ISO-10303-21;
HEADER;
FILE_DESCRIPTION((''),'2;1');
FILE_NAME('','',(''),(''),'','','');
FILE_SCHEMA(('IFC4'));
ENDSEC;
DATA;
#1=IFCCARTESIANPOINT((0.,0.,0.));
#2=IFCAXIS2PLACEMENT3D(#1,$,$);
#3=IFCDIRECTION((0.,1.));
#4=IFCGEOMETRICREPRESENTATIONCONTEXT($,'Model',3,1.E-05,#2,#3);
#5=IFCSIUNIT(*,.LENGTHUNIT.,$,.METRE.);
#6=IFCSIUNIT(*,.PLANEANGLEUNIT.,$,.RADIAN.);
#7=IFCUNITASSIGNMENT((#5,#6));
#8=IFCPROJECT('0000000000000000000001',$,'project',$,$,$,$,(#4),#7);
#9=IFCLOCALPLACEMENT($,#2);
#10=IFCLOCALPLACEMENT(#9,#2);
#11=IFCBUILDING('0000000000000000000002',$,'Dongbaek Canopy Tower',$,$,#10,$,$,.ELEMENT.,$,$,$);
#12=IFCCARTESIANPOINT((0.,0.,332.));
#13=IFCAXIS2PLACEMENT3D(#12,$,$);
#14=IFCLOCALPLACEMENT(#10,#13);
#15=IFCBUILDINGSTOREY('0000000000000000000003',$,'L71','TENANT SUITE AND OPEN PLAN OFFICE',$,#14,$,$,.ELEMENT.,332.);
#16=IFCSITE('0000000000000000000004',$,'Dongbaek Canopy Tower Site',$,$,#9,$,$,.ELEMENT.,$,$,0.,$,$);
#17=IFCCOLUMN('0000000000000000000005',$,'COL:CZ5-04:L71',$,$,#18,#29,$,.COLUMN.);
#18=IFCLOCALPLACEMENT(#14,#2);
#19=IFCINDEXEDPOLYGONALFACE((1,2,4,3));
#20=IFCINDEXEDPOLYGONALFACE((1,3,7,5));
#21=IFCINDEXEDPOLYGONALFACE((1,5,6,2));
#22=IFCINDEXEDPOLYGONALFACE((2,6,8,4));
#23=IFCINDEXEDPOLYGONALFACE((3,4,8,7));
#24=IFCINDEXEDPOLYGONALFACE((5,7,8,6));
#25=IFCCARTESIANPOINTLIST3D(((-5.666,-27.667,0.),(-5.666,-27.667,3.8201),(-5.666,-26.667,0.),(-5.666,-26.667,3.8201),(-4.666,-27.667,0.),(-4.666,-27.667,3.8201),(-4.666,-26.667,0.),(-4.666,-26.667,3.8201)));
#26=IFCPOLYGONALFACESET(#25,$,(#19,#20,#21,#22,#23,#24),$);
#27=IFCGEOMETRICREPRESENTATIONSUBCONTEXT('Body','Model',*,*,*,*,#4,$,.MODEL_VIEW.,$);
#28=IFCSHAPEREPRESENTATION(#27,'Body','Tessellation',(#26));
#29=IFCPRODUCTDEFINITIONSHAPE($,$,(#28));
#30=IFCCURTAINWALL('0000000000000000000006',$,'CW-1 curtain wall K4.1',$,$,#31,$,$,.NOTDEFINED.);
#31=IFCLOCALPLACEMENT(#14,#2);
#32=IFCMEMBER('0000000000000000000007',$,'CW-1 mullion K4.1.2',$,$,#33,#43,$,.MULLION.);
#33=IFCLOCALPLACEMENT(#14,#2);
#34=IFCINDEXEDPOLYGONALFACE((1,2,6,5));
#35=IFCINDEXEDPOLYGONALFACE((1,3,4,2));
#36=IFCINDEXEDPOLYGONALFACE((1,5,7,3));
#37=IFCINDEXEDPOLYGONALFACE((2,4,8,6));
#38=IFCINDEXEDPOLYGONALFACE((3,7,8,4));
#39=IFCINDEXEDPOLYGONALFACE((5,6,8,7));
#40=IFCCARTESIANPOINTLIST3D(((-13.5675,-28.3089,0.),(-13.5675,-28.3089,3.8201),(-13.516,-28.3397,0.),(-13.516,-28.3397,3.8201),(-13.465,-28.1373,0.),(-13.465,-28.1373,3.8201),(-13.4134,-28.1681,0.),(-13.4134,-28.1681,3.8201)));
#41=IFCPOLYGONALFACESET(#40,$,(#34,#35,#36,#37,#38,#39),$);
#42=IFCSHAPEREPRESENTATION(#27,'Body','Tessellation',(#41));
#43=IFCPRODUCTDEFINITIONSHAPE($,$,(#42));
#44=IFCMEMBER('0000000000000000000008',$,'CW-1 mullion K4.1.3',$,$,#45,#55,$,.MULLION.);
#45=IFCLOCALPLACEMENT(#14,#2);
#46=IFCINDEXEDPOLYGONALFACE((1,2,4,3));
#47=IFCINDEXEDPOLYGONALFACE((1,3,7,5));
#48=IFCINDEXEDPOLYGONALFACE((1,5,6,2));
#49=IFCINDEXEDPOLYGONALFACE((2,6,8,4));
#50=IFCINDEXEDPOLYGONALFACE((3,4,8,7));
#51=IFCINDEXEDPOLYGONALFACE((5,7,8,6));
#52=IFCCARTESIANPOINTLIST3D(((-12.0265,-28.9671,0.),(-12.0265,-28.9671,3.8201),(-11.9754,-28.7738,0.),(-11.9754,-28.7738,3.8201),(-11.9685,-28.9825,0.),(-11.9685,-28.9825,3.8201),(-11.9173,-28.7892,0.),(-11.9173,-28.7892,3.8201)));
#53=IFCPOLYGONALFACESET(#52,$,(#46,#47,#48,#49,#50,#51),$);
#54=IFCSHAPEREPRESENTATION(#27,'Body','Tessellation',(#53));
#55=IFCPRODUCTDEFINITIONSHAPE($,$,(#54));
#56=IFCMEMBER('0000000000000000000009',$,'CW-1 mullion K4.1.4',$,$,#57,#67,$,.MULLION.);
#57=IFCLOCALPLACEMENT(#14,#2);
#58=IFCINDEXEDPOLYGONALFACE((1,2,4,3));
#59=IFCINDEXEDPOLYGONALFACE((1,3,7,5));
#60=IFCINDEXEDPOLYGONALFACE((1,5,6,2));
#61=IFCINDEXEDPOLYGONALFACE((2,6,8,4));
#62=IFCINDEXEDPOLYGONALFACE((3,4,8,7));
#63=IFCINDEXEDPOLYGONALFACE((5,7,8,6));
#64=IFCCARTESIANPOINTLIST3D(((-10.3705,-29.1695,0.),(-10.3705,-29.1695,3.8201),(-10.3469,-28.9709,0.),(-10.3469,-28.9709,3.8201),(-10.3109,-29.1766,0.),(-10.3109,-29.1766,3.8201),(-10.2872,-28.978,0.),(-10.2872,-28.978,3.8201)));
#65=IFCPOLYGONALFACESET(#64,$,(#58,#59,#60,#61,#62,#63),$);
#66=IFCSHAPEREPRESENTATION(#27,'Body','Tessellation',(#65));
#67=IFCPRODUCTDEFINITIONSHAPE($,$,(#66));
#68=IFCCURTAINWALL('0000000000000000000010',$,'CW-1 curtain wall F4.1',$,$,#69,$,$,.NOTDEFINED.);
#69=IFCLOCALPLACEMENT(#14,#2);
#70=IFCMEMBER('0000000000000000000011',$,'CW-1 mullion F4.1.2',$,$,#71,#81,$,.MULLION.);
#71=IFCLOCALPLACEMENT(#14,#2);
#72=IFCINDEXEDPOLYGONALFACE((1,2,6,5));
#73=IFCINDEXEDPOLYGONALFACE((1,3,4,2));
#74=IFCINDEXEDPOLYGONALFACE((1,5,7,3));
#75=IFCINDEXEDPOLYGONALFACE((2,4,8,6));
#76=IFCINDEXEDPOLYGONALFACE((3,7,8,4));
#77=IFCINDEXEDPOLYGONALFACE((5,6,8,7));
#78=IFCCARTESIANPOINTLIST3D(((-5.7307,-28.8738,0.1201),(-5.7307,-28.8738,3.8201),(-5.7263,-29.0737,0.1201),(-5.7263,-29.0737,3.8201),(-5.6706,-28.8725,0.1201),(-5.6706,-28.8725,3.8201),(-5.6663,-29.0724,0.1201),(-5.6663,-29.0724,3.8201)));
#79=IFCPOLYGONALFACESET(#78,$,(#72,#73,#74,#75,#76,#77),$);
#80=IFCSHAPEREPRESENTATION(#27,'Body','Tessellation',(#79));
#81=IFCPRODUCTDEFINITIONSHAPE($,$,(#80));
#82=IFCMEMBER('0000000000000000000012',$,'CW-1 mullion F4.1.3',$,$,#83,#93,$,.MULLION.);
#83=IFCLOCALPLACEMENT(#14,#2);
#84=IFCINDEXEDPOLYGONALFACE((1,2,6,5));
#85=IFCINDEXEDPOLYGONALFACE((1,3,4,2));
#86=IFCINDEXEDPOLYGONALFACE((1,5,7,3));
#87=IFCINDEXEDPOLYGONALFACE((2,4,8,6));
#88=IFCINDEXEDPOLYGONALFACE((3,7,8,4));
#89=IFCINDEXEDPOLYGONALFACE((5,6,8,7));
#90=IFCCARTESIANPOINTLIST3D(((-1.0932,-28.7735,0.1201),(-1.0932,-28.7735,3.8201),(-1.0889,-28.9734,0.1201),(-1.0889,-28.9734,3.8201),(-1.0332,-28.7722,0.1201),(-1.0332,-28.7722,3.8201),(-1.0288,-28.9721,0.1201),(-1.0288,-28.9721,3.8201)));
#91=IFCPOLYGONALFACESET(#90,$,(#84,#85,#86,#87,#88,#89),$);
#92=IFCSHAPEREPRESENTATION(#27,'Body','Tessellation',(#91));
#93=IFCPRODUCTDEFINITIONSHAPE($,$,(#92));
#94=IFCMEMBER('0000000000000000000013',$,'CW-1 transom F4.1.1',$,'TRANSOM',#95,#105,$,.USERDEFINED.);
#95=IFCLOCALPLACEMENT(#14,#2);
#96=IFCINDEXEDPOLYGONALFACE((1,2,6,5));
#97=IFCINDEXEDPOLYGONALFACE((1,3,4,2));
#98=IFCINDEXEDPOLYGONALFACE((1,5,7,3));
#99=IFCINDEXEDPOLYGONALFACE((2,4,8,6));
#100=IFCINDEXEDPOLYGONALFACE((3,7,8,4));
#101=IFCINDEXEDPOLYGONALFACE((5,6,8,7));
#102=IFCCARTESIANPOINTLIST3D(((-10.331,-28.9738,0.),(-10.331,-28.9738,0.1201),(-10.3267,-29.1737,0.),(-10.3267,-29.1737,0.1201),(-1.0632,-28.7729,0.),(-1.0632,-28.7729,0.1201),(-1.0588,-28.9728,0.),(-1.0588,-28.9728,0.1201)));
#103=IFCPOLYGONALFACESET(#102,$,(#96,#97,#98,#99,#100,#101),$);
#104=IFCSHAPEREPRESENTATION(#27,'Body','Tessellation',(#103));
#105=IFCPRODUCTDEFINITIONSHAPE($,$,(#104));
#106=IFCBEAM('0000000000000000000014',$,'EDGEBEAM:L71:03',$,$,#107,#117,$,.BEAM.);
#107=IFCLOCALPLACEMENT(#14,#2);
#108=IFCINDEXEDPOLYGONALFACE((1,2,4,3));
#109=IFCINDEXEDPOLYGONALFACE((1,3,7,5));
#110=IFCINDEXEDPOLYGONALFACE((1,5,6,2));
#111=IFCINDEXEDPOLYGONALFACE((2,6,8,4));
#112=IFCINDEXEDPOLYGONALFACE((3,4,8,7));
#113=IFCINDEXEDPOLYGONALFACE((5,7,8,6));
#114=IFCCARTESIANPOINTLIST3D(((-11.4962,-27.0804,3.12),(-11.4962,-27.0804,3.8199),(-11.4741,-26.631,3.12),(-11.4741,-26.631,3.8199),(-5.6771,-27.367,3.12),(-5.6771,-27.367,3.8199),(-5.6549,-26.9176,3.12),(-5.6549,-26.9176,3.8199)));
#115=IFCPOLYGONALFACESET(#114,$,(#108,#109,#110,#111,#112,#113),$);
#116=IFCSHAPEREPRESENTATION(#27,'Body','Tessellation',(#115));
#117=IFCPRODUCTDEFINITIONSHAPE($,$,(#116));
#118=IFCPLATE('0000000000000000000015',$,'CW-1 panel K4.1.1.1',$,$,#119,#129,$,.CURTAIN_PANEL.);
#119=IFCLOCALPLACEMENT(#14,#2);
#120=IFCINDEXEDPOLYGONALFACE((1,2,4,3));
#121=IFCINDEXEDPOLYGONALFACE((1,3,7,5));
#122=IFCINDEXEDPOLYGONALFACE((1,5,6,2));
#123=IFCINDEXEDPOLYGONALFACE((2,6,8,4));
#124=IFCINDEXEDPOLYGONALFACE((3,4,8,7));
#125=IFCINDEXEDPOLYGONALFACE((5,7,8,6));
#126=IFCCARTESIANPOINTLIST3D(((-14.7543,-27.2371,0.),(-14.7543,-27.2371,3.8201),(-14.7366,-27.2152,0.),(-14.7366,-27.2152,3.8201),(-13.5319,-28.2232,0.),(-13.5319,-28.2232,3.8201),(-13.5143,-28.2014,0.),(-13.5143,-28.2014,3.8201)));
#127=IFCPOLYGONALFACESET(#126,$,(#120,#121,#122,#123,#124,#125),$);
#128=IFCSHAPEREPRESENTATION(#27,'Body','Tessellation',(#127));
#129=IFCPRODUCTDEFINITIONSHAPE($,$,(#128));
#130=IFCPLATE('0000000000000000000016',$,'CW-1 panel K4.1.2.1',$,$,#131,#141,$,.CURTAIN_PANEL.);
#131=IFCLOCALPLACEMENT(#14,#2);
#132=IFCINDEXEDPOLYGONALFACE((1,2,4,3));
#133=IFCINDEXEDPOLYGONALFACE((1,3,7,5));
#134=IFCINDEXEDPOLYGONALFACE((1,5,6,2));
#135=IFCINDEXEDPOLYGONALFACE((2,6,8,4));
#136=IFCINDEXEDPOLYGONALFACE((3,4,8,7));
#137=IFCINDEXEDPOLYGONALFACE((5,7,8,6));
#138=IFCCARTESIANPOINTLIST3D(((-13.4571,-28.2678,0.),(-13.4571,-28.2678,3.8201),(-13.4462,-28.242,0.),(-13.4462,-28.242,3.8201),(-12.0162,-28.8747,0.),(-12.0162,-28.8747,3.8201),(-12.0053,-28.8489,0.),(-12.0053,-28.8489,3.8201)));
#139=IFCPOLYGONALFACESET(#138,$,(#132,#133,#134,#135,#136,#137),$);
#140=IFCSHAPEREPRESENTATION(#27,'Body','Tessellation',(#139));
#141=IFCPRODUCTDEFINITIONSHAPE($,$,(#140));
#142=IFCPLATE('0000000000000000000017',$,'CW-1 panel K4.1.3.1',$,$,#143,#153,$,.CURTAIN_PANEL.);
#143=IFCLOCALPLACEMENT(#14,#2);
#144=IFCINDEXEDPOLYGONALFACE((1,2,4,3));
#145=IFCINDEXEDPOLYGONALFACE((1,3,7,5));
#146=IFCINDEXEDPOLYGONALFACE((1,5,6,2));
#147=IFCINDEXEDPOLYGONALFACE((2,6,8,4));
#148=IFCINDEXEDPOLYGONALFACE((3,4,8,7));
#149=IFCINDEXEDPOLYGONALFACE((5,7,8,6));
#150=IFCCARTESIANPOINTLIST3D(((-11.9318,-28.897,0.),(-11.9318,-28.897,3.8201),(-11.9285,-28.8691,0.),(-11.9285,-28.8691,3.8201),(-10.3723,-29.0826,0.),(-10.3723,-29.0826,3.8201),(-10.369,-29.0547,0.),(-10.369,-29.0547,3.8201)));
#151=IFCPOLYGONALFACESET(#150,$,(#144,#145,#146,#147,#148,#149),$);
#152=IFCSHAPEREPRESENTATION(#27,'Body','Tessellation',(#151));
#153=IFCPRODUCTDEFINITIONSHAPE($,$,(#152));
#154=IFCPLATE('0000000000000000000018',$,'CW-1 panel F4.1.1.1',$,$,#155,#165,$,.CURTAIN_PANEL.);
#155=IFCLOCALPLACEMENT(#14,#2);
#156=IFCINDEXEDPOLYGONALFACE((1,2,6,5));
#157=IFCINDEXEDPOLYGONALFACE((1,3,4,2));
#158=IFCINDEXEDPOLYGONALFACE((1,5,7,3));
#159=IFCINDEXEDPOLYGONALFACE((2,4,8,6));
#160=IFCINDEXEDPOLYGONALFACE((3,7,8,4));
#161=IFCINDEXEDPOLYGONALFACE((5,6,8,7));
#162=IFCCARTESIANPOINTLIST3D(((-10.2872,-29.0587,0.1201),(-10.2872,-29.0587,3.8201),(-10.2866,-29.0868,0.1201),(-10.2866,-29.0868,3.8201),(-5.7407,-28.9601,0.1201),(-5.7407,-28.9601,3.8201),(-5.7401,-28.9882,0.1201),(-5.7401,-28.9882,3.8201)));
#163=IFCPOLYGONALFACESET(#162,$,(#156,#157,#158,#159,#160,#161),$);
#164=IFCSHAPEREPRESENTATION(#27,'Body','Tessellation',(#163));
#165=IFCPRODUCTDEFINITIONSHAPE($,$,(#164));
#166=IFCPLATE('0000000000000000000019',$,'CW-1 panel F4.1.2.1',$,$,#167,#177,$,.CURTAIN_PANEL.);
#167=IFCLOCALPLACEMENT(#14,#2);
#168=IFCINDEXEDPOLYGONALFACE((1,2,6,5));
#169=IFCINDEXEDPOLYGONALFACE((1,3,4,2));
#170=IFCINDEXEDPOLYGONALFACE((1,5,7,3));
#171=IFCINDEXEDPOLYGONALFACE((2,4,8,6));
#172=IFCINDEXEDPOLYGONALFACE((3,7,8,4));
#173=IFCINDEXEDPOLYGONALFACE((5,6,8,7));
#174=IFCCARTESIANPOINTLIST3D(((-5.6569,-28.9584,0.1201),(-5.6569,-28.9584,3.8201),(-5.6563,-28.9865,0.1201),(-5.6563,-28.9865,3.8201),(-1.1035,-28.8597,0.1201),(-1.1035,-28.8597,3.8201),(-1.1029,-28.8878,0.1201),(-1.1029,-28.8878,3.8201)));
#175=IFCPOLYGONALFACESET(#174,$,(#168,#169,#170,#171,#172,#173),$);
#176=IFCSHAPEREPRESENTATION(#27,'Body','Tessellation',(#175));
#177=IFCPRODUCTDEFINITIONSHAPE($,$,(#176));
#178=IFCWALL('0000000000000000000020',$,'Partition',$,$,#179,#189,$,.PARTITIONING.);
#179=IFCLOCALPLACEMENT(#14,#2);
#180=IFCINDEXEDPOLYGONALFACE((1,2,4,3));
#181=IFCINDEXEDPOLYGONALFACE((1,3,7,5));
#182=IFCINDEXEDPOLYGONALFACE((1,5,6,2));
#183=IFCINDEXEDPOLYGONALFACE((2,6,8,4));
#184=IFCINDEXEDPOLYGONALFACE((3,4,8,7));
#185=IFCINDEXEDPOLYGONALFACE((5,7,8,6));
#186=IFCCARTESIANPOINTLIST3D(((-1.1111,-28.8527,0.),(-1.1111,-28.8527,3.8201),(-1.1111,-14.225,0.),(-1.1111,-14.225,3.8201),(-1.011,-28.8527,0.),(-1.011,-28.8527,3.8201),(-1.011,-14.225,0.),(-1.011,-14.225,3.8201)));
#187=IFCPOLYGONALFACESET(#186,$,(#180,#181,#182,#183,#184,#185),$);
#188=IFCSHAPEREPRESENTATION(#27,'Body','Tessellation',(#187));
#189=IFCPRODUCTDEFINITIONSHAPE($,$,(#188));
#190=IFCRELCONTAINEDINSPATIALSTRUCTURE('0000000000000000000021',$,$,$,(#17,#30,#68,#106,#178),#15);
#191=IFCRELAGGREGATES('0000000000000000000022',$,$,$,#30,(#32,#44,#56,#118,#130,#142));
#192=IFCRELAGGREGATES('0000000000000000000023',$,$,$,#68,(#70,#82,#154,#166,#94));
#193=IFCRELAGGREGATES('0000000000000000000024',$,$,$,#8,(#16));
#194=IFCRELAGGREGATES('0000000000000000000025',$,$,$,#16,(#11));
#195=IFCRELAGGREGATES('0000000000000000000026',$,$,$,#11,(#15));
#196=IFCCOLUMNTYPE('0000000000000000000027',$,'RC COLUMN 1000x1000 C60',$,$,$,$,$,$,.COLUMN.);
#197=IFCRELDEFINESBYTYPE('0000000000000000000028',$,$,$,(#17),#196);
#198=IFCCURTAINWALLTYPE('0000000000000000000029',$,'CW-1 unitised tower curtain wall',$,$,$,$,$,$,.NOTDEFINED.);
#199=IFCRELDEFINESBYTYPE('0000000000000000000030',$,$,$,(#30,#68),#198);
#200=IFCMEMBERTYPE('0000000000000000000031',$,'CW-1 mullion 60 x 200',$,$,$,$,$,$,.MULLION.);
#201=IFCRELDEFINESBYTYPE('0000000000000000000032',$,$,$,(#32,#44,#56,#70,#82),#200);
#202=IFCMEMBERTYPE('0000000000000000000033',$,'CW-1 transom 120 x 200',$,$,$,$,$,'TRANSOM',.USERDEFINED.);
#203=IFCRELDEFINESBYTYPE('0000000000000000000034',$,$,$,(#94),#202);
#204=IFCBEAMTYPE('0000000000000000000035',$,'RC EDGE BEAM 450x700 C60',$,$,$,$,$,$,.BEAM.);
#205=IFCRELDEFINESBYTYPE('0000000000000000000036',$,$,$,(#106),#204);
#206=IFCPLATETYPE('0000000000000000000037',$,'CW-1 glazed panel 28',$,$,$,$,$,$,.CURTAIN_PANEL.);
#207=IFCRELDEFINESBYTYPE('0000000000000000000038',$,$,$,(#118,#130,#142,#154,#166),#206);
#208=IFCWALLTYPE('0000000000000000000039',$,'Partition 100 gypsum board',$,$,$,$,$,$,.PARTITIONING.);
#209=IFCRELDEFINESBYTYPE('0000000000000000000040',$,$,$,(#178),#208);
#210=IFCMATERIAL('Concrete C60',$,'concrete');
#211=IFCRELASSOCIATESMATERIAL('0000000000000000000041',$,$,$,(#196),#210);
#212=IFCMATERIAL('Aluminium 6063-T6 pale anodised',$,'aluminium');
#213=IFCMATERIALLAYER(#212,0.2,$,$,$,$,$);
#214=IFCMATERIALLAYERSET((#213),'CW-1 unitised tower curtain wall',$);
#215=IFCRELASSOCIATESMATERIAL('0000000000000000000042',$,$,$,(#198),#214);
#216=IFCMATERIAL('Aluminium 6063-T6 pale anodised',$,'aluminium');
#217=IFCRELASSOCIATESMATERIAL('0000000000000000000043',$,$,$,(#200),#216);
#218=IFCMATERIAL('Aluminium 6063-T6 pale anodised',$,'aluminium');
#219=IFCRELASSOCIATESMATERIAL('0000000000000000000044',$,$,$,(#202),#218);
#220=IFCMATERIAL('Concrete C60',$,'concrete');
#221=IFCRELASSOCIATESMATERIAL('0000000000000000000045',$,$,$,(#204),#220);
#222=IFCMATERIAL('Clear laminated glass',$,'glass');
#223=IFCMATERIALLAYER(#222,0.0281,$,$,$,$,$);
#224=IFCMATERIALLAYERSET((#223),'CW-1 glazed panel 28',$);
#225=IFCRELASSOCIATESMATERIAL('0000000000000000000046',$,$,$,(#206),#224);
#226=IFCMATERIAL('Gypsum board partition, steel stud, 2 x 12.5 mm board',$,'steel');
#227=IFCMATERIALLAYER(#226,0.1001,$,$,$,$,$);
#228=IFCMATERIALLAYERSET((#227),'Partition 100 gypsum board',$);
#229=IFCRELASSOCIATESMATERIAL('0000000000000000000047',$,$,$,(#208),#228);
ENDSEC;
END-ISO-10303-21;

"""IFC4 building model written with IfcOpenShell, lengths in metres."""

from ifc_helpers import new_model, si_unit, direction, frame, frame_2d, origin, origin_2d, place, context, subcontext, project, spatial, rectangle, extrude, material, layer, layer_set, material_profile, profile_set, type_object, element, aggregate, save


model = new_model("IFC4")

# Units and contexts
model_context = context("Model", 3, precision=1e-05, world=origin(), true_north=direction((0.0, 1.0)))
body_context = subcontext(model_context, "Body", "Model", "MODEL_VIEW")
ifc_project = project(units=[si_unit("LENGTHUNIT", "METRE"), si_unit("PLANEANGLEUNIT", "RADIAN")], contexts=[model_context])

# Site, building, storey
site_placement = place(None, origin())
site = spatial("IfcSite", under=ifc_project, at=site_placement, Name="Dongbaek Canopy Tower Site", CompositionType="ELEMENT", RefElevation=0.0)
building_placement = place(site_placement, origin())
building = spatial("IfcBuilding", under=site, at=building_placement, Name="Dongbaek Canopy Tower", CompositionType="ELEMENT")
storey_placement = place(building_placement, frame((0.0, 0.0, 332.0)))
storey = spatial("IfcBuildingStorey", under=building, at=storey_placement, Name="L71", Description="TENANT SUITE AND OPEN PLAN OFFICE", CompositionType="ELEMENT", Elevation=332.0)

# Column
ifc_material_1 = material(Name="Concrete C60", Category="concrete")
ifc_material_profile_1 = material_profile(ifc_material_1, rectangle(XDim=1.0, YDim=1.0, at=origin_2d()), Name="RC COLUMN 1000x1000 C60")
ifc_profile_set_1 = profile_set([ifc_material_profile_1], Name="Concrete C60")
column_type = type_object("IfcColumnType", Name="RC COLUMN 1000x1000 C60", PredefinedType="COLUMN", material=ifc_profile_set_1)
column_placement = place(storey_placement, frame((-5.166, -27.167, 0.0), z_axis=(0.0, 0.0, 1.0), x_axis=(1.0, 0.0, 0.0)))
element("IfcColumn", 1, at=column_placement, inside=storey, type_object=column_type, Name="COL:CZ5-04:L71", PredefinedType="COLUMN", context=body_context, shape_type="SweptSolid", body=[
    extrude(rectangle(XDim=1.0, YDim=1.0, at=origin_2d()), origin(), (0.0, 0.0, 1.0), 3.8201),
])

# Curtain walls, members
ifc_material_2 = material(Name="Aluminium 6063-T6 pale anodised", Category="aluminium")
ifc_layer_1 = layer(ifc_material_2, 0.2)
ifc_layer_set_1 = layer_set([ifc_layer_1], Name="CW-1 unitised tower curtain wall")
curtain_wall_type = type_object("IfcCurtainWallType", Name="CW-1 unitised tower curtain wall", PredefinedType="NOTDEFINED", material=ifc_layer_set_1)
curtain_wall_1_placement = place(storey_placement, origin())
curtain_wall_1 = element("IfcCurtainWall", 2, at=curtain_wall_1_placement, inside=storey, type_object=curtain_wall_type, Name="CW-1 curtain wall K4.1", PredefinedType="NOTDEFINED")
ifc_material_3 = material(Name="Aluminium 6063-T6 pale anodised", Category="aluminium")
ifc_material_profile_2 = material_profile(ifc_material_3, rectangle(XDim=0.2, YDim=0.0601, at=origin_2d()), Name="CW-1 mullion 60 x 200")
ifc_profile_set_2 = profile_set([ifc_material_profile_2], Name="Aluminium 6063-T6 pale anodised")
member_type_1 = type_object("IfcMemberType", Name="CW-1 mullion 60 x 200", PredefinedType="MULLION", material=ifc_profile_set_2)
member_1_placement = place(storey_placement, frame((-13.4905, -28.2385, 0.0), z_axis=(0.0, 0.0, 1.0), x_axis=(-0.513063, -0.858351, 0.0)))
member_1 = element("IfcMember", 3, at=member_1_placement, type_object=member_type_1, Name="CW-1 mullion K4.1.2", PredefinedType="MULLION", context=body_context, shape_type="SweptSolid", body=[
    extrude(rectangle(XDim=0.2, YDim=0.0601, at=origin_2d()), origin(), (0.0, 0.0, 1.0), 3.8201),
])
member_2_placement = place(storey_placement, frame((-11.9719, -28.8782, 0.0), z_axis=(0.0, 0.0, 1.0), x_axis=(-0.255666, -0.966765, 0.0)))
member_2 = element("IfcMember", 4, at=member_2_placement, type_object=member_type_1, Name="CW-1 mullion K4.1.3", PredefinedType="MULLION", context=body_context, shape_type="SweptSolid", body=[
    extrude(rectangle(XDim=0.2, YDim=0.0601, at=origin_2d()), origin(), (0.0, 0.0, 1.0), 3.8201),
])
member_3_placement = place(storey_placement, frame((-10.3289, -29.0737, 0.0), z_axis=(0.0, 0.0, 1.0), x_axis=(-0.118153, -0.992995, 0.0)))
member_3 = element("IfcMember", 5, at=member_3_placement, type_object=member_type_1, Name="CW-1 mullion K4.1.4", PredefinedType="MULLION", context=body_context, shape_type="SweptSolid", body=[
    extrude(rectangle(XDim=0.2, YDim=0.0601, at=origin_2d()), origin(), (0.0, 0.0, 1.0), 3.8201),
])
curtain_wall_2_placement = place(storey_placement, origin())
curtain_wall_2 = element("IfcCurtainWall", 6, at=curtain_wall_2_placement, inside=storey, type_object=curtain_wall_type, Name="CW-1 curtain wall F4.1", PredefinedType="NOTDEFINED")
member_4_placement = place(storey_placement, frame((-5.6985, -28.9731, 0.1201), z_axis=(0.0, 0.0, 1.0), x_axis=(0.021676, -0.999765, 0.0)))
member_4 = element("IfcMember", 7, at=member_4_placement, type_object=member_type_1, Name="CW-1 mullion F4.1.2", PredefinedType="MULLION", context=body_context, shape_type="SweptSolid", body=[
    extrude(rectangle(XDim=0.2, YDim=0.0601, at=origin_2d()), origin(), (0.0, 0.0, 1.0), 3.7),
])
member_5_placement = place(storey_placement, frame((-1.061, -28.8728, 0.1201), z_axis=(0.0, 0.0, 1.0), x_axis=(0.021676, -0.999765, 0.0)))
member_5 = element("IfcMember", 8, at=member_5_placement, type_object=member_type_1, Name="CW-1 mullion F4.1.3", PredefinedType="MULLION", context=body_context, shape_type="SweptSolid", body=[
    extrude(rectangle(XDim=0.2, YDim=0.0601, at=origin_2d()), origin(), (0.0, 0.0, 1.0), 3.7),
])
ifc_material_4 = material(Name="Aluminium 6063-T6 pale anodised", Category="aluminium")
ifc_material_profile_3 = material_profile(ifc_material_4, rectangle(XDim=0.2, YDim=0.1201, at=origin_2d()), Name="CW-1 transom 120 x 200")
ifc_profile_set_3 = profile_set([ifc_material_profile_3], Name="Aluminium 6063-T6 pale anodised")
member_type_2 = type_object("IfcMemberType", Name="CW-1 transom 120 x 200", ElementType="TRANSOM", PredefinedType="USERDEFINED", material=ifc_profile_set_3)
member_6_placement = place(storey_placement, frame((-10.3289, -29.0737, 0.0601), z_axis=(0.999765, 0.021675, 0.0), x_axis=(-0.021675, 0.999765, 0.0)))
member_6 = element("IfcMember", 9, at=member_6_placement, type_object=member_type_2, Name="CW-1 transom F4.1.1", ObjectType="TRANSOM", PredefinedType="USERDEFINED", context=body_context, shape_type="SweptSolid", body=[
    extrude(rectangle(XDim=0.2, YDim=0.1201, at=origin_2d()), origin(), (0.0, 0.0, 1.0), 9.27),
])

# Beam
ifc_material_5 = material(Name="Concrete C60", Category="concrete")
ifc_material_profile_4 = material_profile(ifc_material_5, rectangle(XDim=0.45, YDim=0.7, at=origin_2d()), Name="RC EDGE BEAM 450x700 C60")
ifc_profile_set_4 = profile_set([ifc_material_profile_4], Name="Concrete C60")
beam_type = type_object("IfcBeamType", Name="RC EDGE BEAM 450x700 C60", PredefinedType="BEAM", material=ifc_profile_set_4)
beam_placement = place(storey_placement, frame((-5.666, -27.1423, 3.47), z_axis=(-0.998789, 0.049196, 0.0), x_axis=(-0.049196, -0.998789, 0.0)))
element("IfcBeam", 10, at=beam_placement, inside=storey, type_object=beam_type, Name="EDGEBEAM:L71:03", PredefinedType="BEAM", context=body_context, shape_type="SweptSolid", body=[
    extrude(rectangle(XDim=0.45, YDim=0.7, at=origin_2d()), origin(), (0.0, 0.0, 1.0), 5.8262),
])

# Plates
ifc_material_6 = material(Name="Clear laminated glass", Category="glass")
ifc_layer_2 = layer(ifc_material_6, 0.0281)
ifc_layer_set_2 = layer_set([ifc_layer_2], Name="CW-1 glazed panel 28")
plate_type = type_object("IfcPlateType", Name="CW-1 glazed panel 28", PredefinedType="CURTAIN_PANEL", material=ifc_layer_set_2)
plate_1_placement = place(storey_placement, frame((-14.1343, -27.7192, 0.0), z_axis=(0.0, 0.0, 1.0), x_axis=(0.778291, -0.627904, 0.0)))
plate_1 = element("IfcPlate", 11, at=plate_1_placement, type_object=plate_type, Name="CW-1 panel K4.1.1.1", PredefinedType="CURTAIN_PANEL", context=body_context, shape_type="SweptSolid", body=[
    extrude(rectangle(XDim=1.5706, YDim=0.0281, at=origin_2d()), origin(), (0.0, 0.0, 1.0), 3.8201),
])
plate_2_placement = place(storey_placement, frame((-12.7312, -28.5583, 0.0), z_axis=(0.0, 0.0, 1.0), x_axis=(0.921589, -0.388168, 0.0)))
plate_2 = element("IfcPlate", 12, at=plate_2_placement, type_object=plate_type, Name="CW-1 panel K4.1.2.1", PredefinedType="CURTAIN_PANEL", context=body_context, shape_type="SweptSolid", body=[
    extrude(rectangle(XDim=1.5635, YDim=0.0281, at=origin_2d()), origin(), (0.0, 0.0, 1.0), 3.8201),
])
plate_3_placement = place(storey_placement, frame((-11.1504, -28.9758, 0.0), z_axis=(0.0, 0.0, 1.0), x_axis=(0.992995, -0.118153, 0.0)))
plate_3 = element("IfcPlate", 13, at=plate_3_placement, type_object=plate_type, Name="CW-1 panel K4.1.3.1", PredefinedType="CURTAIN_PANEL", context=body_context, shape_type="SweptSolid", body=[
    extrude(rectangle(XDim=1.5706, YDim=0.0281, at=origin_2d()), origin(), (0.0, 0.0, 1.0), 3.8201),
])
plate_4_placement = place(storey_placement, frame((-8.0137, -29.0234, 0.1201), z_axis=(0.0, 0.0, 1.0), x_axis=(0.999765, 0.021676, 0.0)))
plate_4 = element("IfcPlate", 14, at=plate_4_placement, type_object=plate_type, Name="CW-1 panel F4.1.1.1", PredefinedType="CURTAIN_PANEL", context=body_context, shape_type="SweptSolid", body=[
    extrude(rectangle(XDim=4.5476, YDim=0.0281, at=origin_2d()), origin(), (0.0, 0.0, 1.0), 3.7),
])
plate_5_placement = place(storey_placement, frame((-3.3799, -28.9231, 0.1201), z_axis=(0.0, 0.0, 1.0), x_axis=(0.999765, 0.021676, 0.0)))
plate_5 = element("IfcPlate", 15, at=plate_5_placement, type_object=plate_type, Name="CW-1 panel F4.1.2.1", PredefinedType="CURTAIN_PANEL", context=body_context, shape_type="SweptSolid", body=[
    extrude(rectangle(XDim=4.5544, YDim=0.0281, at=origin_2d()), origin(), (0.0, 0.0, 1.0), 3.7),
])

# Wall
ifc_material_7 = material(Name="Gypsum board partition, steel stud, 2 x 12.5 mm board", Category="steel")
ifc_layer_3 = layer(ifc_material_7, 0.1001)
ifc_layer_set_3 = layer_set([ifc_layer_3], Name="Partition 100 gypsum board")
wall_type_1 = type_object("IfcWallType", Name="Partition 100 gypsum board", PredefinedType="PARTITIONING", material=ifc_layer_set_3)
wall_1_placement = place(storey_placement, frame((-1.061, -28.8528, 0.0), z_axis=(0.0, 0.0, 1.0), x_axis=(0.0, 1.0, 0.0)))
element("IfcWall", 16, at=wall_1_placement, inside=storey, type_object=wall_type_1, Name="Partition", PredefinedType="PARTITIONING", context=body_context, shape_type="SweptSolid", body=[
    extrude(rectangle(XDim=14.6277, YDim=0.1001, at=frame_2d((7.314, 0.0))), origin(), (0.0, 0.0, 1.0), 3.8201),
])

aggregate(curtain_wall_1, [member_1, member_2, member_3, plate_1, plate_2, plate_3])
aggregate(curtain_wall_2, [member_4, member_5, plate_4, plate_5, member_6])

save(model, "model.ifc")
